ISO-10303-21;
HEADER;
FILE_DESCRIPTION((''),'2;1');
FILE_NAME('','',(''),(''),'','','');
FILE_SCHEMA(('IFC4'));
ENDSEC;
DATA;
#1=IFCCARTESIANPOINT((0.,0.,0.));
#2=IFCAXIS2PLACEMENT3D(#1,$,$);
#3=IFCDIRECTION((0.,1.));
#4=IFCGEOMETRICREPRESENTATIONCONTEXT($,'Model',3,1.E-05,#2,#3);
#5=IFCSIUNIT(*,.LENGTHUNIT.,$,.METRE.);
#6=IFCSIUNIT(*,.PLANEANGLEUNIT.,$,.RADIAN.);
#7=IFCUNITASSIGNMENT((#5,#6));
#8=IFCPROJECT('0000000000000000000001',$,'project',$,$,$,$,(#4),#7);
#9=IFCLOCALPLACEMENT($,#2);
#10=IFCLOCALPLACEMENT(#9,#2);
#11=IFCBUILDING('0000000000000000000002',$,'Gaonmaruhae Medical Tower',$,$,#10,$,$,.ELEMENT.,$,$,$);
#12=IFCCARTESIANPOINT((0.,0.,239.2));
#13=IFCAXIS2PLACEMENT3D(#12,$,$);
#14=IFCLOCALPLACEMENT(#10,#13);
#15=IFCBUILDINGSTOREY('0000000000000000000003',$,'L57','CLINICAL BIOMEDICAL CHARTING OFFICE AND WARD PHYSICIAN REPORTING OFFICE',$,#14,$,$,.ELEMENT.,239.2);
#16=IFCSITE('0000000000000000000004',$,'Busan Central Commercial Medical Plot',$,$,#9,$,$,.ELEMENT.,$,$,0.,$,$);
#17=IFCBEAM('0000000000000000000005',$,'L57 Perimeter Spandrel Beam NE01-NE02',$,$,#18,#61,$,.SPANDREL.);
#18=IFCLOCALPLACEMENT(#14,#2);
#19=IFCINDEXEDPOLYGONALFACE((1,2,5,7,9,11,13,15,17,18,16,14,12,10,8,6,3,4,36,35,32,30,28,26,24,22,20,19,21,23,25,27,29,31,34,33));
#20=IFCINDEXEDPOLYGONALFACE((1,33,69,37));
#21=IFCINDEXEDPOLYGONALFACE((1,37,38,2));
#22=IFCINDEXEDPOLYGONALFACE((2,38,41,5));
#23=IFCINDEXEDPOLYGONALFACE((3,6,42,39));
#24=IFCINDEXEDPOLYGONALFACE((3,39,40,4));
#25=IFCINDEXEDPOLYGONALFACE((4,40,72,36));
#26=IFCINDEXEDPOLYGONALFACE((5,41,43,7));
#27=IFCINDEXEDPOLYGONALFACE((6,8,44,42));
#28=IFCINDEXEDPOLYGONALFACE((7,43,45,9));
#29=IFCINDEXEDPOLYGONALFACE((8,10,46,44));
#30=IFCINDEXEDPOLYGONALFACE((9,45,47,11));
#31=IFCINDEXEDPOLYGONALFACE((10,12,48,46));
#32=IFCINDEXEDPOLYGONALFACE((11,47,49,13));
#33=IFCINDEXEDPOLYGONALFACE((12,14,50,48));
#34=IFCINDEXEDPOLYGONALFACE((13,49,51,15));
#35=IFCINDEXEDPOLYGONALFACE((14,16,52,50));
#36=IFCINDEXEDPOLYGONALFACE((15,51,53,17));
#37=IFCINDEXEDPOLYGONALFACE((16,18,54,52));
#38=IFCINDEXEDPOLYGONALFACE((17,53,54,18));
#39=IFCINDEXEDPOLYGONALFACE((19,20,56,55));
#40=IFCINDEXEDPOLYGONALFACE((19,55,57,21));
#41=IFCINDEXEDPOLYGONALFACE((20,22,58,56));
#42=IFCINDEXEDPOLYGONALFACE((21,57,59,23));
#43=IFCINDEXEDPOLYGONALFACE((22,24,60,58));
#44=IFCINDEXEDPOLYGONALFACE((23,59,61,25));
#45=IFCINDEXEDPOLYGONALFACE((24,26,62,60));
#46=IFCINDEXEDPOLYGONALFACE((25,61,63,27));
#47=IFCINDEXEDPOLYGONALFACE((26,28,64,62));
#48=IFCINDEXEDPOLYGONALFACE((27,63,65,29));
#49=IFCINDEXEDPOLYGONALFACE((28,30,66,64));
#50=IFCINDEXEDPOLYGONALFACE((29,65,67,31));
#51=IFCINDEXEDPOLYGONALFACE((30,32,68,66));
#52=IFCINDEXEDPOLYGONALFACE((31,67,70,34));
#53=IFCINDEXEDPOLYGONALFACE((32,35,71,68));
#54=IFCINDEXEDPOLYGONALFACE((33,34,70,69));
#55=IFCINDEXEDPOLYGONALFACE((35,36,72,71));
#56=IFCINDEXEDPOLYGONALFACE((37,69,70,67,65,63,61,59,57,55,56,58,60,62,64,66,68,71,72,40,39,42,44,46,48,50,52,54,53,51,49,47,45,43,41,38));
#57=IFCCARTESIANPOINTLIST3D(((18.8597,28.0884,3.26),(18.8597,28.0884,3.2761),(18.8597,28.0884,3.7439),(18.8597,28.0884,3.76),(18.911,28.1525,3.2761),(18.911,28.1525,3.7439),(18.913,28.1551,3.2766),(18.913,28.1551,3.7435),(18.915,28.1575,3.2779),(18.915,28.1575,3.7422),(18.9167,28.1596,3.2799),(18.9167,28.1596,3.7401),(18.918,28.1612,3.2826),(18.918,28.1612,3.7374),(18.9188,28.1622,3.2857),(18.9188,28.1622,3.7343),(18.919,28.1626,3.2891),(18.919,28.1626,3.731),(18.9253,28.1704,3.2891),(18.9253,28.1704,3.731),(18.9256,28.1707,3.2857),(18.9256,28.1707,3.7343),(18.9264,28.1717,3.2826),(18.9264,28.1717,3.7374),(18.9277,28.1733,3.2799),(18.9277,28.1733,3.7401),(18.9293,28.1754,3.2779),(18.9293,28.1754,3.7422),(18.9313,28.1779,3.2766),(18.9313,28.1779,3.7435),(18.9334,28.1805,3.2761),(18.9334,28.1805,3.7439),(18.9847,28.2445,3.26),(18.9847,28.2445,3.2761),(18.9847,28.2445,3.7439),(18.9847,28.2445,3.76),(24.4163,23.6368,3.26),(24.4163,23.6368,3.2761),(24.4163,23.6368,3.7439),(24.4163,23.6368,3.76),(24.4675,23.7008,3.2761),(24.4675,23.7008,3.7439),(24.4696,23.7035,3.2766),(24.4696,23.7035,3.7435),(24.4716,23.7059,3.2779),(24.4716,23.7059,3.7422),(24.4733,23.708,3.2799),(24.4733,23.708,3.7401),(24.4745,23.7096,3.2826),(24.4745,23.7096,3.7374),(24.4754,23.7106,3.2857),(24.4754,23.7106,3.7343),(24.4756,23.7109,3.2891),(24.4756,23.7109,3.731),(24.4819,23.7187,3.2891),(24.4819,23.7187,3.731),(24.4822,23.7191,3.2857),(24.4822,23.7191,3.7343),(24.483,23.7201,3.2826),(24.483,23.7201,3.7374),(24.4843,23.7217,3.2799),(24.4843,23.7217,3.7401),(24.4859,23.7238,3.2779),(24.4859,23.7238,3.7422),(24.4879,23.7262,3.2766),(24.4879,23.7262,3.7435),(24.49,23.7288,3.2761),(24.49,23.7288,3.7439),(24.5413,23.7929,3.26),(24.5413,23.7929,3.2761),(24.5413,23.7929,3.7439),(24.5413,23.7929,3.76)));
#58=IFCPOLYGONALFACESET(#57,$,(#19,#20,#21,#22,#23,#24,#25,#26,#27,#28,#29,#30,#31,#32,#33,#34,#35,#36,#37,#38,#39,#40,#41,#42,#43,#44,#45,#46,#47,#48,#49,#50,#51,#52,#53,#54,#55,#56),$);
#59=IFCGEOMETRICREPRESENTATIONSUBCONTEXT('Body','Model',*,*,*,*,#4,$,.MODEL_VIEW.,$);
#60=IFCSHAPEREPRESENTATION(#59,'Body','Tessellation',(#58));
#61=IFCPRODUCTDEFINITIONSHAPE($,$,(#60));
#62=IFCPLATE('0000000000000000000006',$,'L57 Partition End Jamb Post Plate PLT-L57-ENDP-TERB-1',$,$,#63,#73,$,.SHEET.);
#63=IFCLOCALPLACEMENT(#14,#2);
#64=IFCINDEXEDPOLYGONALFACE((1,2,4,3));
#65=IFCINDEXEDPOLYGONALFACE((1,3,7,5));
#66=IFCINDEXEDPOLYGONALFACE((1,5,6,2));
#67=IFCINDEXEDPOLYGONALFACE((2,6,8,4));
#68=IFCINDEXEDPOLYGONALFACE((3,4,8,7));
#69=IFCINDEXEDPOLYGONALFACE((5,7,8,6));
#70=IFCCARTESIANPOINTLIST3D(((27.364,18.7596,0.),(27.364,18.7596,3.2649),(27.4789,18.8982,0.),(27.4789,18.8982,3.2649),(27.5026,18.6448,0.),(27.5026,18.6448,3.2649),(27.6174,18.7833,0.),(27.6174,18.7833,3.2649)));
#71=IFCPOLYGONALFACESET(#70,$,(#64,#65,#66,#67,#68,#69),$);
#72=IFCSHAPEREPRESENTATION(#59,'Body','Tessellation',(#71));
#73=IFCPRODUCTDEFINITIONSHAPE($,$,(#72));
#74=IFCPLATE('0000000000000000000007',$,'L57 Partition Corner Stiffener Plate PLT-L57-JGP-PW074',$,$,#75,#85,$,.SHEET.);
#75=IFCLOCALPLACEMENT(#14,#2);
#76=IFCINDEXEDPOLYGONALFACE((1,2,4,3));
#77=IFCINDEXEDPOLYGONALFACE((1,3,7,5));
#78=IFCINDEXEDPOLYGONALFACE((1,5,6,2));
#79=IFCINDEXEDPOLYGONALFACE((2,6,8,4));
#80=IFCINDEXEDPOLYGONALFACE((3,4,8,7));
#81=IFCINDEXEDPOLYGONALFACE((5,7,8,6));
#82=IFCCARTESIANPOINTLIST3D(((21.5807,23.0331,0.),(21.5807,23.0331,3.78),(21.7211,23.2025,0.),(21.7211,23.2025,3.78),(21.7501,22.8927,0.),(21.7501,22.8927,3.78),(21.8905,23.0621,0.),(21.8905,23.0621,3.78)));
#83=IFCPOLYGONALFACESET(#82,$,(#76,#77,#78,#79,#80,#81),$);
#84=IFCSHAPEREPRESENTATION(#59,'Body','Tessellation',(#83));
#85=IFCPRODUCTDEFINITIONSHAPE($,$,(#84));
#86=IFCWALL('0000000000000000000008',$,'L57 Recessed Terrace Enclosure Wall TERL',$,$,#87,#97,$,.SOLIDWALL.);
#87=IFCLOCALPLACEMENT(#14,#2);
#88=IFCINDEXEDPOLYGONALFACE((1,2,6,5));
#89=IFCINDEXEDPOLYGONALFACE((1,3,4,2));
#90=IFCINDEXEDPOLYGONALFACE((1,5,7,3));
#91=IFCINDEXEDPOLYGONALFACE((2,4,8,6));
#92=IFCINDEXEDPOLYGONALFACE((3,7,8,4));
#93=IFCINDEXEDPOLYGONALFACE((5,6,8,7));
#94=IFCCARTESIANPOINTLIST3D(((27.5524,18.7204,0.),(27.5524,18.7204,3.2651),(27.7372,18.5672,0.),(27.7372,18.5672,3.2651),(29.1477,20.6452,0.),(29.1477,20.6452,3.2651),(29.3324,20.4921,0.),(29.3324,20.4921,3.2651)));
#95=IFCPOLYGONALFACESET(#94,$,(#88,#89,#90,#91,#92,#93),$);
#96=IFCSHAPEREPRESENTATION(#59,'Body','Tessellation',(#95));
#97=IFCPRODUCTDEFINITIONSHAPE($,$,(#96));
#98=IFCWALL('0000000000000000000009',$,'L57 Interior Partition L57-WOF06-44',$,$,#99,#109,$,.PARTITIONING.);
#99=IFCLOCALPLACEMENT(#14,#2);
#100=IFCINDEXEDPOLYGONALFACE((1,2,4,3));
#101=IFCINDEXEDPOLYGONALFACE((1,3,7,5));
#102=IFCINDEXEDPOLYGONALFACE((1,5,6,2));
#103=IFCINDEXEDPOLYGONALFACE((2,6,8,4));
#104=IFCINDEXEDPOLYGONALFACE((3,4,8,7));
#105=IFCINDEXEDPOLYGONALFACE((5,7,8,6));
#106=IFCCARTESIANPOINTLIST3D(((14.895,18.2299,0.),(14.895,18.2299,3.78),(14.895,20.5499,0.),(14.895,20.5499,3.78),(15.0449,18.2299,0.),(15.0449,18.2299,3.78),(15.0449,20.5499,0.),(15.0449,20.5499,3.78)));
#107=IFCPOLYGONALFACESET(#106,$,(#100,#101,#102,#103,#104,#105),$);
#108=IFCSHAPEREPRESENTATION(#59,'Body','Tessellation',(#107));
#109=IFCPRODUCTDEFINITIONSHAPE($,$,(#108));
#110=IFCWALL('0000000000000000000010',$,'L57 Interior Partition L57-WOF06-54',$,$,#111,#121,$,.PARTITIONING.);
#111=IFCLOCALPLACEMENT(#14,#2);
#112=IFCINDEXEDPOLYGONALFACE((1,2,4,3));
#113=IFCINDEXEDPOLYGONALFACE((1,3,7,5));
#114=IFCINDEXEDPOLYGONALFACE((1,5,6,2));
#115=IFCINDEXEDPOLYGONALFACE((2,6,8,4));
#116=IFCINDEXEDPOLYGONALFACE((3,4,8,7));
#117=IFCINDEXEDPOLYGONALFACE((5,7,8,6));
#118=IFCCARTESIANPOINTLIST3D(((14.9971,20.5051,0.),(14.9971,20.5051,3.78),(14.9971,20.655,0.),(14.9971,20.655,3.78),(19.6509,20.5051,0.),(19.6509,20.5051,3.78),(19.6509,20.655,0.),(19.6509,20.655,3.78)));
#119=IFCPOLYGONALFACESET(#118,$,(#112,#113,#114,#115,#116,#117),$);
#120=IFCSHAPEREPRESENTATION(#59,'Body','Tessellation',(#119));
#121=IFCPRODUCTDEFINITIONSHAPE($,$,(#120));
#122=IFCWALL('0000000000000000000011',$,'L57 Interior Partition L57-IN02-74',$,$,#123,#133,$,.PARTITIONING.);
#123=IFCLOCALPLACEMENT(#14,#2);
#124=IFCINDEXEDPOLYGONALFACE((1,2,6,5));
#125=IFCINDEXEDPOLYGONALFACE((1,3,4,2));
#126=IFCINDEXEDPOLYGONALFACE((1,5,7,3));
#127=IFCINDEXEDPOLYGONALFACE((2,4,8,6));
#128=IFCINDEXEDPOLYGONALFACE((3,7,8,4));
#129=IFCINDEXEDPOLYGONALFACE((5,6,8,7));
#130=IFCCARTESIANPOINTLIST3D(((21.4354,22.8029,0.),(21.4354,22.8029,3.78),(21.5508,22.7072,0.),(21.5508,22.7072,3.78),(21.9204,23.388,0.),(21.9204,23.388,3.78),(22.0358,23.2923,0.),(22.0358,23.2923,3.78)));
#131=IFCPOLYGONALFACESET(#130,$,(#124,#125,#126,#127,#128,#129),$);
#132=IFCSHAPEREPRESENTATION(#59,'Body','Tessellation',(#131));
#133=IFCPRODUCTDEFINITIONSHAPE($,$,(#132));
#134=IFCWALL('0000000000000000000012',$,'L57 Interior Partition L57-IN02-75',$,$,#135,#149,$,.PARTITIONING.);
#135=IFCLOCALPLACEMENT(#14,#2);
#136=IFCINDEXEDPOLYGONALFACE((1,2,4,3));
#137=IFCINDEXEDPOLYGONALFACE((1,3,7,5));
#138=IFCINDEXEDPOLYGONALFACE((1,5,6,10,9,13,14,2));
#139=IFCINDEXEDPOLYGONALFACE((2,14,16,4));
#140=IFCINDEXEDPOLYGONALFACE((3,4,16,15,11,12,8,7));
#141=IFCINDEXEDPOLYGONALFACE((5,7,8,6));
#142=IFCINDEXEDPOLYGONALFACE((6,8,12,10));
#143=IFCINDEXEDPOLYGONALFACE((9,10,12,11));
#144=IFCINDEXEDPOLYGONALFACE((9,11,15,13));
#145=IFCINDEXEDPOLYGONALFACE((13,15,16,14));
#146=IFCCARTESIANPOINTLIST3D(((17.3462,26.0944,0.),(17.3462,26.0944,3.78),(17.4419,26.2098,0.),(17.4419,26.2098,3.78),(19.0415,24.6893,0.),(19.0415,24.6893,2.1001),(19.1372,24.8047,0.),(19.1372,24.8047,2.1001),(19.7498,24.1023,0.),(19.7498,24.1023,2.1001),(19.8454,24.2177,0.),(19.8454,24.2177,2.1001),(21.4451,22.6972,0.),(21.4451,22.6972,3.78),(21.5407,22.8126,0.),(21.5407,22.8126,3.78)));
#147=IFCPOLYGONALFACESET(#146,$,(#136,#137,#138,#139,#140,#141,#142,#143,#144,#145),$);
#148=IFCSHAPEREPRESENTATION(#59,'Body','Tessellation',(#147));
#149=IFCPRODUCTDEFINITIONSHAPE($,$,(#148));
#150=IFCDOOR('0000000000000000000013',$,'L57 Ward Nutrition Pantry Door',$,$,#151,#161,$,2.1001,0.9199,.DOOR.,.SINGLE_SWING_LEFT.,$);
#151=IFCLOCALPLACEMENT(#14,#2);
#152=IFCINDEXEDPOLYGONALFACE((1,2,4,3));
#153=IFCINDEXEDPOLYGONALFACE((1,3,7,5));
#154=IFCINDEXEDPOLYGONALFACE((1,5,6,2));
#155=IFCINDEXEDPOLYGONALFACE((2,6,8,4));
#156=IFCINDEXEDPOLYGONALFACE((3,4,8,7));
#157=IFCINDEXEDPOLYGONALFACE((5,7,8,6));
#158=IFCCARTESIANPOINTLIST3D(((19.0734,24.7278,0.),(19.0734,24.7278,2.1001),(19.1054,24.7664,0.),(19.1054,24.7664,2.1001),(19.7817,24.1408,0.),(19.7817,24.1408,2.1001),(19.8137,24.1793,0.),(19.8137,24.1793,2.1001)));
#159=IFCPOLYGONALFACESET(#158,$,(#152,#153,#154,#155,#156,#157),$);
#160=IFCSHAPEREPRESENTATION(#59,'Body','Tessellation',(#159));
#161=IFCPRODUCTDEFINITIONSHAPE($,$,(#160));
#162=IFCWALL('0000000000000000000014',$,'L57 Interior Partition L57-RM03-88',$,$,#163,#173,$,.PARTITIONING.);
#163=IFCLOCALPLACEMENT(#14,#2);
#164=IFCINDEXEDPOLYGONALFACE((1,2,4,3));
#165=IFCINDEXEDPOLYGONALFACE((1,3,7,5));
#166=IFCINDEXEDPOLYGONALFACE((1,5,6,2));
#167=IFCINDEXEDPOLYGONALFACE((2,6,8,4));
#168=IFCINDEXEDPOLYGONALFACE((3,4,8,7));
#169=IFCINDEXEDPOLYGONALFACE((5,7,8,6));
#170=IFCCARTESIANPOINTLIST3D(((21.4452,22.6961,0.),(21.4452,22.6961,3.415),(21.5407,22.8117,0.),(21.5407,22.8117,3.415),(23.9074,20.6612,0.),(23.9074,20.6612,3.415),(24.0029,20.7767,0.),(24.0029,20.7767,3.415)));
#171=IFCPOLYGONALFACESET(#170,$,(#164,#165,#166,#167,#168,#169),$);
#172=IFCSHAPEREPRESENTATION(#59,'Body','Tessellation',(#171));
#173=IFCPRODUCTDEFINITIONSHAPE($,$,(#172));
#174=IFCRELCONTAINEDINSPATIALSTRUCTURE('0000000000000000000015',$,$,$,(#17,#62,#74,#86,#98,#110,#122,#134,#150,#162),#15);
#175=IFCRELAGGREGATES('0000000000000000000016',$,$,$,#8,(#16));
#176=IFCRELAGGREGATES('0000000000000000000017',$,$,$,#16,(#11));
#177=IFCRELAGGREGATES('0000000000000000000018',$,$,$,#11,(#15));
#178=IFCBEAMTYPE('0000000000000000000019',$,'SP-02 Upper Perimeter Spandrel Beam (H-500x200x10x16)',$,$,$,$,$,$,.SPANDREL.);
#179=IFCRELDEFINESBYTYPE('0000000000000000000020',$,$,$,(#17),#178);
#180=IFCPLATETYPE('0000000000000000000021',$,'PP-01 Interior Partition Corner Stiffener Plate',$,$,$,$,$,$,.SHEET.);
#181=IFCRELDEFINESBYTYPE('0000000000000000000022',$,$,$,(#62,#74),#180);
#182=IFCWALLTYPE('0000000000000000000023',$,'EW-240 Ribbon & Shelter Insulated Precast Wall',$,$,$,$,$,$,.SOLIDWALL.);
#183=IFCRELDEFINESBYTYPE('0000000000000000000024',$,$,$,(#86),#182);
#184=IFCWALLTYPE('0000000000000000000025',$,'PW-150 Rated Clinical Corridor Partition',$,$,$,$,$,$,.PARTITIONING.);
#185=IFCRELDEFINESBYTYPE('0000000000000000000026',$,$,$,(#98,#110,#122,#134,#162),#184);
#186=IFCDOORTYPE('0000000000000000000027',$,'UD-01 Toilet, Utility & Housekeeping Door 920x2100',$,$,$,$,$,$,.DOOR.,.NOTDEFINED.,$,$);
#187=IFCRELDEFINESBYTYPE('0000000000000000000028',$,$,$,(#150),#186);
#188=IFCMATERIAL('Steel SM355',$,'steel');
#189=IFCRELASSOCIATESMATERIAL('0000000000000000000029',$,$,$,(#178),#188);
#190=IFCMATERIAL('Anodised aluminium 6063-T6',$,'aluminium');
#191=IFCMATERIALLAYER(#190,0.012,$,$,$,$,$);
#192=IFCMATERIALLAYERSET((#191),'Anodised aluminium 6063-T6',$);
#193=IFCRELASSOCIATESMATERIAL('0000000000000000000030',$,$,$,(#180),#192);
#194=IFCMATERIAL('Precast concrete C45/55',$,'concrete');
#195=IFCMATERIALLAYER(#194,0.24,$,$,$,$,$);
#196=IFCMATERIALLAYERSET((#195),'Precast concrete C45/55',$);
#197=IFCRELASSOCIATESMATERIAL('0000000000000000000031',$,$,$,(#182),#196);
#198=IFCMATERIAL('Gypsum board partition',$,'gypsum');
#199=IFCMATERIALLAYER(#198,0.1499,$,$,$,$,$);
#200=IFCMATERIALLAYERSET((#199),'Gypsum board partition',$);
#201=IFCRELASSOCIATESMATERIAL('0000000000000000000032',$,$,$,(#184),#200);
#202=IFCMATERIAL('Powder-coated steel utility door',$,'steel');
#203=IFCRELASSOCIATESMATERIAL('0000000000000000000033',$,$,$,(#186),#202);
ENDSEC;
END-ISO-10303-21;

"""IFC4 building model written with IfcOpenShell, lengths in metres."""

from ifc_helpers import new_model, si_unit, direction, frame, frame_2d, origin, origin_2d, place, context, subcontext, project, spatial, rectangle, i_section, extrude, material, layer, layer_set, material_profile, profile_set, type_object, element, fill, save


model = new_model("IFC4")

# Units and contexts
model_context = context("Model", 3, precision=1e-05, world=origin(), true_north=direction((0.0, 1.0)))
body_context = subcontext(model_context, "Body", "Model", "MODEL_VIEW")
ifc_project = project(units=[si_unit("LENGTHUNIT", "METRE"), si_unit("PLANEANGLEUNIT", "RADIAN")], contexts=[model_context])

# Site, building, storey
site_placement = place(None, origin())
site = spatial("IfcSite", under=ifc_project, at=site_placement, Name="Busan Central Commercial Medical Plot", CompositionType="ELEMENT", RefElevation=0.0)
building_placement = place(site_placement, origin())
building = spatial("IfcBuilding", under=site, at=building_placement, Name="Gaonmaruhae Medical Tower", CompositionType="ELEMENT")
storey_placement = place(building_placement, frame((0.0, 0.0, 239.2)))
storey = spatial("IfcBuildingStorey", under=building, at=storey_placement, Name="L57", Description="CLINICAL BIOMEDICAL CHARTING OFFICE AND WARD PHYSICIAN REPORTING OFFICE", CompositionType="ELEMENT", Elevation=239.2)

# Beam
ifc_material_1 = material(Name="Steel SM355", Category="steel")
ifc_material_profile_1 = material_profile(ifc_material_1, i_section(OverallWidth=0.2, OverallDepth=0.5, WebThickness=0.01, FlangeThickness=0.0161, FilletRadius=0.0129, at=origin_2d()), Name="H-500x200x10x16")
ifc_profile_set_1 = profile_set([ifc_material_profile_1], Name="Steel SM355")
beam_type_1 = type_object("IfcBeamType", Name="SP-02 Upper Perimeter Spandrel Beam (H-500x200x10x16)", PredefinedType="SPANDREL", material=ifc_profile_set_1)
beam_1_placement = place(storey_placement, frame((24.4788, 23.7148, 3.51), z_axis=(-0.780434, 0.625239, 0.0), x_axis=(-0.625239, -0.780434, 0.0)))
element("IfcBeam", 1, at=beam_1_placement, inside=storey, type_object=beam_type_1, Name="L57 Perimeter Spandrel Beam NE01-NE02", PredefinedType="SPANDREL", context=body_context, shape_type="SweptSolid", body=[
    extrude(i_section(OverallWidth=0.2, OverallDepth=0.5, WebThickness=0.01, FlangeThickness=0.0161, FilletRadius=0.0129, at=origin_2d()), origin(), (0.0, 0.0, 1.0), 7.1199),
])

# Plates
ifc_material_2 = material(Name="Anodised aluminium 6063-T6", Category="aluminium")
ifc_layer_1 = layer(ifc_material_2, 0.012)
ifc_layer_set_1 = layer_set([ifc_layer_1], Name="Anodised aluminium 6063-T6")
plate_type = type_object("IfcPlateType", Name="PP-01 Interior Partition Corner Stiffener Plate", PredefinedType="SHEET", material=ifc_layer_set_1)
plate_1_placement = place(storey_placement, frame((27.4907, 18.7715, 0.0), z_axis=(0.0, 0.0, 1.0), x_axis=(0.769957, -0.638096, 0.0)))
element("IfcPlate", 2, at=plate_1_placement, inside=storey, type_object=plate_type, Name="L57 Partition End Jamb Post Plate PLT-L57-ENDP-TERB-1", PredefinedType="SHEET", context=body_context, shape_type="SweptSolid", body=[
    extrude(rectangle(XDim=0.1799, YDim=0.1799, at=origin_2d()), origin(), (0.0, 0.0, 1.0), 3.2649),
])
plate_2_placement = place(storey_placement, frame((21.7356, 23.0476, 0.0), z_axis=(0.0, 0.0, 1.0), x_axis=(-0.638244, -0.769834, 0.0)))
element("IfcPlate", 3, at=plate_2_placement, inside=storey, type_object=plate_type, Name="L57 Partition Corner Stiffener Plate PLT-L57-JGP-PW074", PredefinedType="SHEET", context=body_context, shape_type="SweptSolid", body=[
    extrude(rectangle(XDim=0.22, YDim=0.22, at=origin_2d()), origin(), (0.0, 0.0, 1.0), 3.78),
])

# Shared definitions
ifc_material_3 = material(Name="Precast concrete C45/55", Category="concrete")
ifc_layer_2 = layer(ifc_material_3, 0.24)
ifc_layer_set_2 = layer_set([ifc_layer_2], Name="Precast concrete C45/55")
wall_type_1 = type_object("IfcWallType", Name="EW-240 Ribbon & Shelter Insulated Precast Wall", PredefinedType="SOLIDWALL", material=ifc_layer_set_2)

# Walls
wall_1_placement = place(storey_placement, frame((27.6448, 18.6438, 0.0), z_axis=(0.0, 0.0, 1.0), x_axis=(0.638107, 0.769948, 0.0)))
element("IfcWall", 4, at=wall_1_placement, inside=storey, type_object=wall_type_1, Name="L57 Recessed Terrace Enclosure Wall TERL", PredefinedType="SOLIDWALL", context=body_context, shape_type="SweptSolid", body=[
    extrude(rectangle(XDim=2.5, YDim=0.24, at=frame_2d((1.25, 0.0))), origin(), (0.0, 0.0, 1.0), 3.2651),
])
ifc_material_4 = material(Name="Gypsum board partition", Category="gypsum")
ifc_layer_3 = layer(ifc_material_4, 0.1499)
ifc_layer_set_3 = layer_set([ifc_layer_3], Name="Gypsum board partition")
wall_type_2 = type_object("IfcWallType", Name="PW-150 Rated Clinical Corridor Partition", PredefinedType="PARTITIONING", material=ifc_layer_set_3)
wall_2_placement = place(storey_placement, frame((14.97, 20.55, 0.0), z_axis=(0.0, 0.0, 1.0), x_axis=(0.0, -1.0, 0.0)))
element("IfcWall", 5, at=wall_2_placement, inside=storey, type_object=wall_type_2, Name="L57 Interior Partition L57-WOF06-44", PredefinedType="PARTITIONING", context=body_context, shape_type="SweptSolid", body=[
    extrude(rectangle(XDim=2.3201, YDim=0.1499, at=frame_2d((1.1602, 0.0))), origin(), (0.0, 0.0, 1.0), 3.78),
])
wall_3_placement = place(storey_placement, frame((19.6509, 20.5801, 0.0), z_axis=(0.0, 0.0, 1.0), x_axis=(-1.0, 0.0, 0.0)))
element("IfcWall", 6, at=wall_3_placement, inside=storey, type_object=wall_type_2, Name="L57 Interior Partition L57-WOF06-54", PredefinedType="PARTITIONING", context=body_context, shape_type="SweptSolid", body=[
    extrude(rectangle(XDim=4.6538, YDim=0.1499, at=frame_2d((2.3269, 0.0))), origin(), (0.0, 0.0, 1.0), 3.78),
])
wall_4_placement = place(storey_placement, frame((21.978, 23.3401, 0.0), z_axis=(0.0, 0.0, 1.0), x_axis=(-0.638192, -0.769877, 0.0)))
element("IfcWall", 7, at=wall_4_placement, inside=storey, type_object=wall_type_2, Name="L57 Interior Partition L57-IN02-74", PredefinedType="PARTITIONING", context=body_context, shape_type="SweptSolid", body=[
    extrude(rectangle(XDim=0.76, YDim=0.1499, at=frame_2d((0.3799, 0.0))), origin(), (0.0, 0.0, 1.0), 3.78),
])

# Wall, opening, door
wall_5_placement = place(storey_placement, frame((21.4929, 22.7549, 0.0), z_axis=(0.0, 0.0, 1.0), x_axis=(-0.769929, 0.63813, 0.0)))
wall_5 = element("IfcWall", 8, at=wall_5_placement, inside=storey, type_object=wall_type_2, Name="L57 Interior Partition L57-IN02-75", PredefinedType="PARTITIONING", context=body_context, shape_type="SweptSolid", body=[
    extrude(rectangle(XDim=5.3237, YDim=0.1499, at=frame_2d((2.6619, 0.0))), origin(), (0.0, 0.0, 1.0), 3.78),
])
opening_1_placement = place(wall_5_placement, frame((2.2019, 0.0, 0.0)))
opening_1 = element("IfcOpeningElement", 9, at=opening_1_placement, cuts=wall_5, PredefinedType="OPENING", context=body_context, shape_type="SweptSolid", body=[
    extrude(rectangle(XDim=0.9199, YDim=2.1001, at=frame_2d((0.46, 1.05))), frame((0.0, 0.085, 0.0), z_axis=(0.0, -1.0, 0.0), x_axis=(1.0, 0.0, 0.0)), (0.0, 0.0, 1.0), 0.1699),
])
ifc_material_5 = material(Name="Powder-coated steel utility door", Category="steel")
door_type_1 = type_object("IfcDoorType", Name="UD-01 Toilet, Utility & Housekeeping Door 920x2100", OperationType="NOTDEFINED", PredefinedType="DOOR", material=ifc_material_5)
door_1_placement = place(opening_1_placement, origin())
door_1 = element("IfcDoor", 10, at=door_1_placement, inside=storey, type_object=door_type_1, Name="L57 Ward Nutrition Pantry Door", OperationType="SINGLE_SWING_LEFT", OverallHeight=2.1001, OverallWidth=0.9199, PredefinedType="DOOR", context=body_context, shape_type="SweptSolid", body=[
    extrude(rectangle(XDim=0.9199, YDim=2.1001, at=frame_2d((0.46, 1.05))), frame((0.0, 0.0249, 0.0), z_axis=(0.0, -1.0, 0.0), x_axis=(1.0, 0.0, 0.0)), (0.0, 0.0, 1.0), 0.05),
])
fill(opening_1, door_1)

# Wall
wall_6_placement = place(storey_placement, frame((21.4929, 22.7539, 0.0), z_axis=(0.0, 0.0, 1.0), x_axis=(0.770815, -0.637059, 0.0)))
element("IfcWall", 11, at=wall_6_placement, inside=storey, type_object=wall_type_2, Name="L57 Interior Partition L57-RM03-88", PredefinedType="PARTITIONING", context=body_context, shape_type="SweptSolid", body=[
    extrude(rectangle(XDim=3.1943, YDim=0.1499, at=frame_2d((1.5972, 0.0))), origin(), (0.0, 0.0, 1.0), 3.415),
])

save(model, "model.ifc")
